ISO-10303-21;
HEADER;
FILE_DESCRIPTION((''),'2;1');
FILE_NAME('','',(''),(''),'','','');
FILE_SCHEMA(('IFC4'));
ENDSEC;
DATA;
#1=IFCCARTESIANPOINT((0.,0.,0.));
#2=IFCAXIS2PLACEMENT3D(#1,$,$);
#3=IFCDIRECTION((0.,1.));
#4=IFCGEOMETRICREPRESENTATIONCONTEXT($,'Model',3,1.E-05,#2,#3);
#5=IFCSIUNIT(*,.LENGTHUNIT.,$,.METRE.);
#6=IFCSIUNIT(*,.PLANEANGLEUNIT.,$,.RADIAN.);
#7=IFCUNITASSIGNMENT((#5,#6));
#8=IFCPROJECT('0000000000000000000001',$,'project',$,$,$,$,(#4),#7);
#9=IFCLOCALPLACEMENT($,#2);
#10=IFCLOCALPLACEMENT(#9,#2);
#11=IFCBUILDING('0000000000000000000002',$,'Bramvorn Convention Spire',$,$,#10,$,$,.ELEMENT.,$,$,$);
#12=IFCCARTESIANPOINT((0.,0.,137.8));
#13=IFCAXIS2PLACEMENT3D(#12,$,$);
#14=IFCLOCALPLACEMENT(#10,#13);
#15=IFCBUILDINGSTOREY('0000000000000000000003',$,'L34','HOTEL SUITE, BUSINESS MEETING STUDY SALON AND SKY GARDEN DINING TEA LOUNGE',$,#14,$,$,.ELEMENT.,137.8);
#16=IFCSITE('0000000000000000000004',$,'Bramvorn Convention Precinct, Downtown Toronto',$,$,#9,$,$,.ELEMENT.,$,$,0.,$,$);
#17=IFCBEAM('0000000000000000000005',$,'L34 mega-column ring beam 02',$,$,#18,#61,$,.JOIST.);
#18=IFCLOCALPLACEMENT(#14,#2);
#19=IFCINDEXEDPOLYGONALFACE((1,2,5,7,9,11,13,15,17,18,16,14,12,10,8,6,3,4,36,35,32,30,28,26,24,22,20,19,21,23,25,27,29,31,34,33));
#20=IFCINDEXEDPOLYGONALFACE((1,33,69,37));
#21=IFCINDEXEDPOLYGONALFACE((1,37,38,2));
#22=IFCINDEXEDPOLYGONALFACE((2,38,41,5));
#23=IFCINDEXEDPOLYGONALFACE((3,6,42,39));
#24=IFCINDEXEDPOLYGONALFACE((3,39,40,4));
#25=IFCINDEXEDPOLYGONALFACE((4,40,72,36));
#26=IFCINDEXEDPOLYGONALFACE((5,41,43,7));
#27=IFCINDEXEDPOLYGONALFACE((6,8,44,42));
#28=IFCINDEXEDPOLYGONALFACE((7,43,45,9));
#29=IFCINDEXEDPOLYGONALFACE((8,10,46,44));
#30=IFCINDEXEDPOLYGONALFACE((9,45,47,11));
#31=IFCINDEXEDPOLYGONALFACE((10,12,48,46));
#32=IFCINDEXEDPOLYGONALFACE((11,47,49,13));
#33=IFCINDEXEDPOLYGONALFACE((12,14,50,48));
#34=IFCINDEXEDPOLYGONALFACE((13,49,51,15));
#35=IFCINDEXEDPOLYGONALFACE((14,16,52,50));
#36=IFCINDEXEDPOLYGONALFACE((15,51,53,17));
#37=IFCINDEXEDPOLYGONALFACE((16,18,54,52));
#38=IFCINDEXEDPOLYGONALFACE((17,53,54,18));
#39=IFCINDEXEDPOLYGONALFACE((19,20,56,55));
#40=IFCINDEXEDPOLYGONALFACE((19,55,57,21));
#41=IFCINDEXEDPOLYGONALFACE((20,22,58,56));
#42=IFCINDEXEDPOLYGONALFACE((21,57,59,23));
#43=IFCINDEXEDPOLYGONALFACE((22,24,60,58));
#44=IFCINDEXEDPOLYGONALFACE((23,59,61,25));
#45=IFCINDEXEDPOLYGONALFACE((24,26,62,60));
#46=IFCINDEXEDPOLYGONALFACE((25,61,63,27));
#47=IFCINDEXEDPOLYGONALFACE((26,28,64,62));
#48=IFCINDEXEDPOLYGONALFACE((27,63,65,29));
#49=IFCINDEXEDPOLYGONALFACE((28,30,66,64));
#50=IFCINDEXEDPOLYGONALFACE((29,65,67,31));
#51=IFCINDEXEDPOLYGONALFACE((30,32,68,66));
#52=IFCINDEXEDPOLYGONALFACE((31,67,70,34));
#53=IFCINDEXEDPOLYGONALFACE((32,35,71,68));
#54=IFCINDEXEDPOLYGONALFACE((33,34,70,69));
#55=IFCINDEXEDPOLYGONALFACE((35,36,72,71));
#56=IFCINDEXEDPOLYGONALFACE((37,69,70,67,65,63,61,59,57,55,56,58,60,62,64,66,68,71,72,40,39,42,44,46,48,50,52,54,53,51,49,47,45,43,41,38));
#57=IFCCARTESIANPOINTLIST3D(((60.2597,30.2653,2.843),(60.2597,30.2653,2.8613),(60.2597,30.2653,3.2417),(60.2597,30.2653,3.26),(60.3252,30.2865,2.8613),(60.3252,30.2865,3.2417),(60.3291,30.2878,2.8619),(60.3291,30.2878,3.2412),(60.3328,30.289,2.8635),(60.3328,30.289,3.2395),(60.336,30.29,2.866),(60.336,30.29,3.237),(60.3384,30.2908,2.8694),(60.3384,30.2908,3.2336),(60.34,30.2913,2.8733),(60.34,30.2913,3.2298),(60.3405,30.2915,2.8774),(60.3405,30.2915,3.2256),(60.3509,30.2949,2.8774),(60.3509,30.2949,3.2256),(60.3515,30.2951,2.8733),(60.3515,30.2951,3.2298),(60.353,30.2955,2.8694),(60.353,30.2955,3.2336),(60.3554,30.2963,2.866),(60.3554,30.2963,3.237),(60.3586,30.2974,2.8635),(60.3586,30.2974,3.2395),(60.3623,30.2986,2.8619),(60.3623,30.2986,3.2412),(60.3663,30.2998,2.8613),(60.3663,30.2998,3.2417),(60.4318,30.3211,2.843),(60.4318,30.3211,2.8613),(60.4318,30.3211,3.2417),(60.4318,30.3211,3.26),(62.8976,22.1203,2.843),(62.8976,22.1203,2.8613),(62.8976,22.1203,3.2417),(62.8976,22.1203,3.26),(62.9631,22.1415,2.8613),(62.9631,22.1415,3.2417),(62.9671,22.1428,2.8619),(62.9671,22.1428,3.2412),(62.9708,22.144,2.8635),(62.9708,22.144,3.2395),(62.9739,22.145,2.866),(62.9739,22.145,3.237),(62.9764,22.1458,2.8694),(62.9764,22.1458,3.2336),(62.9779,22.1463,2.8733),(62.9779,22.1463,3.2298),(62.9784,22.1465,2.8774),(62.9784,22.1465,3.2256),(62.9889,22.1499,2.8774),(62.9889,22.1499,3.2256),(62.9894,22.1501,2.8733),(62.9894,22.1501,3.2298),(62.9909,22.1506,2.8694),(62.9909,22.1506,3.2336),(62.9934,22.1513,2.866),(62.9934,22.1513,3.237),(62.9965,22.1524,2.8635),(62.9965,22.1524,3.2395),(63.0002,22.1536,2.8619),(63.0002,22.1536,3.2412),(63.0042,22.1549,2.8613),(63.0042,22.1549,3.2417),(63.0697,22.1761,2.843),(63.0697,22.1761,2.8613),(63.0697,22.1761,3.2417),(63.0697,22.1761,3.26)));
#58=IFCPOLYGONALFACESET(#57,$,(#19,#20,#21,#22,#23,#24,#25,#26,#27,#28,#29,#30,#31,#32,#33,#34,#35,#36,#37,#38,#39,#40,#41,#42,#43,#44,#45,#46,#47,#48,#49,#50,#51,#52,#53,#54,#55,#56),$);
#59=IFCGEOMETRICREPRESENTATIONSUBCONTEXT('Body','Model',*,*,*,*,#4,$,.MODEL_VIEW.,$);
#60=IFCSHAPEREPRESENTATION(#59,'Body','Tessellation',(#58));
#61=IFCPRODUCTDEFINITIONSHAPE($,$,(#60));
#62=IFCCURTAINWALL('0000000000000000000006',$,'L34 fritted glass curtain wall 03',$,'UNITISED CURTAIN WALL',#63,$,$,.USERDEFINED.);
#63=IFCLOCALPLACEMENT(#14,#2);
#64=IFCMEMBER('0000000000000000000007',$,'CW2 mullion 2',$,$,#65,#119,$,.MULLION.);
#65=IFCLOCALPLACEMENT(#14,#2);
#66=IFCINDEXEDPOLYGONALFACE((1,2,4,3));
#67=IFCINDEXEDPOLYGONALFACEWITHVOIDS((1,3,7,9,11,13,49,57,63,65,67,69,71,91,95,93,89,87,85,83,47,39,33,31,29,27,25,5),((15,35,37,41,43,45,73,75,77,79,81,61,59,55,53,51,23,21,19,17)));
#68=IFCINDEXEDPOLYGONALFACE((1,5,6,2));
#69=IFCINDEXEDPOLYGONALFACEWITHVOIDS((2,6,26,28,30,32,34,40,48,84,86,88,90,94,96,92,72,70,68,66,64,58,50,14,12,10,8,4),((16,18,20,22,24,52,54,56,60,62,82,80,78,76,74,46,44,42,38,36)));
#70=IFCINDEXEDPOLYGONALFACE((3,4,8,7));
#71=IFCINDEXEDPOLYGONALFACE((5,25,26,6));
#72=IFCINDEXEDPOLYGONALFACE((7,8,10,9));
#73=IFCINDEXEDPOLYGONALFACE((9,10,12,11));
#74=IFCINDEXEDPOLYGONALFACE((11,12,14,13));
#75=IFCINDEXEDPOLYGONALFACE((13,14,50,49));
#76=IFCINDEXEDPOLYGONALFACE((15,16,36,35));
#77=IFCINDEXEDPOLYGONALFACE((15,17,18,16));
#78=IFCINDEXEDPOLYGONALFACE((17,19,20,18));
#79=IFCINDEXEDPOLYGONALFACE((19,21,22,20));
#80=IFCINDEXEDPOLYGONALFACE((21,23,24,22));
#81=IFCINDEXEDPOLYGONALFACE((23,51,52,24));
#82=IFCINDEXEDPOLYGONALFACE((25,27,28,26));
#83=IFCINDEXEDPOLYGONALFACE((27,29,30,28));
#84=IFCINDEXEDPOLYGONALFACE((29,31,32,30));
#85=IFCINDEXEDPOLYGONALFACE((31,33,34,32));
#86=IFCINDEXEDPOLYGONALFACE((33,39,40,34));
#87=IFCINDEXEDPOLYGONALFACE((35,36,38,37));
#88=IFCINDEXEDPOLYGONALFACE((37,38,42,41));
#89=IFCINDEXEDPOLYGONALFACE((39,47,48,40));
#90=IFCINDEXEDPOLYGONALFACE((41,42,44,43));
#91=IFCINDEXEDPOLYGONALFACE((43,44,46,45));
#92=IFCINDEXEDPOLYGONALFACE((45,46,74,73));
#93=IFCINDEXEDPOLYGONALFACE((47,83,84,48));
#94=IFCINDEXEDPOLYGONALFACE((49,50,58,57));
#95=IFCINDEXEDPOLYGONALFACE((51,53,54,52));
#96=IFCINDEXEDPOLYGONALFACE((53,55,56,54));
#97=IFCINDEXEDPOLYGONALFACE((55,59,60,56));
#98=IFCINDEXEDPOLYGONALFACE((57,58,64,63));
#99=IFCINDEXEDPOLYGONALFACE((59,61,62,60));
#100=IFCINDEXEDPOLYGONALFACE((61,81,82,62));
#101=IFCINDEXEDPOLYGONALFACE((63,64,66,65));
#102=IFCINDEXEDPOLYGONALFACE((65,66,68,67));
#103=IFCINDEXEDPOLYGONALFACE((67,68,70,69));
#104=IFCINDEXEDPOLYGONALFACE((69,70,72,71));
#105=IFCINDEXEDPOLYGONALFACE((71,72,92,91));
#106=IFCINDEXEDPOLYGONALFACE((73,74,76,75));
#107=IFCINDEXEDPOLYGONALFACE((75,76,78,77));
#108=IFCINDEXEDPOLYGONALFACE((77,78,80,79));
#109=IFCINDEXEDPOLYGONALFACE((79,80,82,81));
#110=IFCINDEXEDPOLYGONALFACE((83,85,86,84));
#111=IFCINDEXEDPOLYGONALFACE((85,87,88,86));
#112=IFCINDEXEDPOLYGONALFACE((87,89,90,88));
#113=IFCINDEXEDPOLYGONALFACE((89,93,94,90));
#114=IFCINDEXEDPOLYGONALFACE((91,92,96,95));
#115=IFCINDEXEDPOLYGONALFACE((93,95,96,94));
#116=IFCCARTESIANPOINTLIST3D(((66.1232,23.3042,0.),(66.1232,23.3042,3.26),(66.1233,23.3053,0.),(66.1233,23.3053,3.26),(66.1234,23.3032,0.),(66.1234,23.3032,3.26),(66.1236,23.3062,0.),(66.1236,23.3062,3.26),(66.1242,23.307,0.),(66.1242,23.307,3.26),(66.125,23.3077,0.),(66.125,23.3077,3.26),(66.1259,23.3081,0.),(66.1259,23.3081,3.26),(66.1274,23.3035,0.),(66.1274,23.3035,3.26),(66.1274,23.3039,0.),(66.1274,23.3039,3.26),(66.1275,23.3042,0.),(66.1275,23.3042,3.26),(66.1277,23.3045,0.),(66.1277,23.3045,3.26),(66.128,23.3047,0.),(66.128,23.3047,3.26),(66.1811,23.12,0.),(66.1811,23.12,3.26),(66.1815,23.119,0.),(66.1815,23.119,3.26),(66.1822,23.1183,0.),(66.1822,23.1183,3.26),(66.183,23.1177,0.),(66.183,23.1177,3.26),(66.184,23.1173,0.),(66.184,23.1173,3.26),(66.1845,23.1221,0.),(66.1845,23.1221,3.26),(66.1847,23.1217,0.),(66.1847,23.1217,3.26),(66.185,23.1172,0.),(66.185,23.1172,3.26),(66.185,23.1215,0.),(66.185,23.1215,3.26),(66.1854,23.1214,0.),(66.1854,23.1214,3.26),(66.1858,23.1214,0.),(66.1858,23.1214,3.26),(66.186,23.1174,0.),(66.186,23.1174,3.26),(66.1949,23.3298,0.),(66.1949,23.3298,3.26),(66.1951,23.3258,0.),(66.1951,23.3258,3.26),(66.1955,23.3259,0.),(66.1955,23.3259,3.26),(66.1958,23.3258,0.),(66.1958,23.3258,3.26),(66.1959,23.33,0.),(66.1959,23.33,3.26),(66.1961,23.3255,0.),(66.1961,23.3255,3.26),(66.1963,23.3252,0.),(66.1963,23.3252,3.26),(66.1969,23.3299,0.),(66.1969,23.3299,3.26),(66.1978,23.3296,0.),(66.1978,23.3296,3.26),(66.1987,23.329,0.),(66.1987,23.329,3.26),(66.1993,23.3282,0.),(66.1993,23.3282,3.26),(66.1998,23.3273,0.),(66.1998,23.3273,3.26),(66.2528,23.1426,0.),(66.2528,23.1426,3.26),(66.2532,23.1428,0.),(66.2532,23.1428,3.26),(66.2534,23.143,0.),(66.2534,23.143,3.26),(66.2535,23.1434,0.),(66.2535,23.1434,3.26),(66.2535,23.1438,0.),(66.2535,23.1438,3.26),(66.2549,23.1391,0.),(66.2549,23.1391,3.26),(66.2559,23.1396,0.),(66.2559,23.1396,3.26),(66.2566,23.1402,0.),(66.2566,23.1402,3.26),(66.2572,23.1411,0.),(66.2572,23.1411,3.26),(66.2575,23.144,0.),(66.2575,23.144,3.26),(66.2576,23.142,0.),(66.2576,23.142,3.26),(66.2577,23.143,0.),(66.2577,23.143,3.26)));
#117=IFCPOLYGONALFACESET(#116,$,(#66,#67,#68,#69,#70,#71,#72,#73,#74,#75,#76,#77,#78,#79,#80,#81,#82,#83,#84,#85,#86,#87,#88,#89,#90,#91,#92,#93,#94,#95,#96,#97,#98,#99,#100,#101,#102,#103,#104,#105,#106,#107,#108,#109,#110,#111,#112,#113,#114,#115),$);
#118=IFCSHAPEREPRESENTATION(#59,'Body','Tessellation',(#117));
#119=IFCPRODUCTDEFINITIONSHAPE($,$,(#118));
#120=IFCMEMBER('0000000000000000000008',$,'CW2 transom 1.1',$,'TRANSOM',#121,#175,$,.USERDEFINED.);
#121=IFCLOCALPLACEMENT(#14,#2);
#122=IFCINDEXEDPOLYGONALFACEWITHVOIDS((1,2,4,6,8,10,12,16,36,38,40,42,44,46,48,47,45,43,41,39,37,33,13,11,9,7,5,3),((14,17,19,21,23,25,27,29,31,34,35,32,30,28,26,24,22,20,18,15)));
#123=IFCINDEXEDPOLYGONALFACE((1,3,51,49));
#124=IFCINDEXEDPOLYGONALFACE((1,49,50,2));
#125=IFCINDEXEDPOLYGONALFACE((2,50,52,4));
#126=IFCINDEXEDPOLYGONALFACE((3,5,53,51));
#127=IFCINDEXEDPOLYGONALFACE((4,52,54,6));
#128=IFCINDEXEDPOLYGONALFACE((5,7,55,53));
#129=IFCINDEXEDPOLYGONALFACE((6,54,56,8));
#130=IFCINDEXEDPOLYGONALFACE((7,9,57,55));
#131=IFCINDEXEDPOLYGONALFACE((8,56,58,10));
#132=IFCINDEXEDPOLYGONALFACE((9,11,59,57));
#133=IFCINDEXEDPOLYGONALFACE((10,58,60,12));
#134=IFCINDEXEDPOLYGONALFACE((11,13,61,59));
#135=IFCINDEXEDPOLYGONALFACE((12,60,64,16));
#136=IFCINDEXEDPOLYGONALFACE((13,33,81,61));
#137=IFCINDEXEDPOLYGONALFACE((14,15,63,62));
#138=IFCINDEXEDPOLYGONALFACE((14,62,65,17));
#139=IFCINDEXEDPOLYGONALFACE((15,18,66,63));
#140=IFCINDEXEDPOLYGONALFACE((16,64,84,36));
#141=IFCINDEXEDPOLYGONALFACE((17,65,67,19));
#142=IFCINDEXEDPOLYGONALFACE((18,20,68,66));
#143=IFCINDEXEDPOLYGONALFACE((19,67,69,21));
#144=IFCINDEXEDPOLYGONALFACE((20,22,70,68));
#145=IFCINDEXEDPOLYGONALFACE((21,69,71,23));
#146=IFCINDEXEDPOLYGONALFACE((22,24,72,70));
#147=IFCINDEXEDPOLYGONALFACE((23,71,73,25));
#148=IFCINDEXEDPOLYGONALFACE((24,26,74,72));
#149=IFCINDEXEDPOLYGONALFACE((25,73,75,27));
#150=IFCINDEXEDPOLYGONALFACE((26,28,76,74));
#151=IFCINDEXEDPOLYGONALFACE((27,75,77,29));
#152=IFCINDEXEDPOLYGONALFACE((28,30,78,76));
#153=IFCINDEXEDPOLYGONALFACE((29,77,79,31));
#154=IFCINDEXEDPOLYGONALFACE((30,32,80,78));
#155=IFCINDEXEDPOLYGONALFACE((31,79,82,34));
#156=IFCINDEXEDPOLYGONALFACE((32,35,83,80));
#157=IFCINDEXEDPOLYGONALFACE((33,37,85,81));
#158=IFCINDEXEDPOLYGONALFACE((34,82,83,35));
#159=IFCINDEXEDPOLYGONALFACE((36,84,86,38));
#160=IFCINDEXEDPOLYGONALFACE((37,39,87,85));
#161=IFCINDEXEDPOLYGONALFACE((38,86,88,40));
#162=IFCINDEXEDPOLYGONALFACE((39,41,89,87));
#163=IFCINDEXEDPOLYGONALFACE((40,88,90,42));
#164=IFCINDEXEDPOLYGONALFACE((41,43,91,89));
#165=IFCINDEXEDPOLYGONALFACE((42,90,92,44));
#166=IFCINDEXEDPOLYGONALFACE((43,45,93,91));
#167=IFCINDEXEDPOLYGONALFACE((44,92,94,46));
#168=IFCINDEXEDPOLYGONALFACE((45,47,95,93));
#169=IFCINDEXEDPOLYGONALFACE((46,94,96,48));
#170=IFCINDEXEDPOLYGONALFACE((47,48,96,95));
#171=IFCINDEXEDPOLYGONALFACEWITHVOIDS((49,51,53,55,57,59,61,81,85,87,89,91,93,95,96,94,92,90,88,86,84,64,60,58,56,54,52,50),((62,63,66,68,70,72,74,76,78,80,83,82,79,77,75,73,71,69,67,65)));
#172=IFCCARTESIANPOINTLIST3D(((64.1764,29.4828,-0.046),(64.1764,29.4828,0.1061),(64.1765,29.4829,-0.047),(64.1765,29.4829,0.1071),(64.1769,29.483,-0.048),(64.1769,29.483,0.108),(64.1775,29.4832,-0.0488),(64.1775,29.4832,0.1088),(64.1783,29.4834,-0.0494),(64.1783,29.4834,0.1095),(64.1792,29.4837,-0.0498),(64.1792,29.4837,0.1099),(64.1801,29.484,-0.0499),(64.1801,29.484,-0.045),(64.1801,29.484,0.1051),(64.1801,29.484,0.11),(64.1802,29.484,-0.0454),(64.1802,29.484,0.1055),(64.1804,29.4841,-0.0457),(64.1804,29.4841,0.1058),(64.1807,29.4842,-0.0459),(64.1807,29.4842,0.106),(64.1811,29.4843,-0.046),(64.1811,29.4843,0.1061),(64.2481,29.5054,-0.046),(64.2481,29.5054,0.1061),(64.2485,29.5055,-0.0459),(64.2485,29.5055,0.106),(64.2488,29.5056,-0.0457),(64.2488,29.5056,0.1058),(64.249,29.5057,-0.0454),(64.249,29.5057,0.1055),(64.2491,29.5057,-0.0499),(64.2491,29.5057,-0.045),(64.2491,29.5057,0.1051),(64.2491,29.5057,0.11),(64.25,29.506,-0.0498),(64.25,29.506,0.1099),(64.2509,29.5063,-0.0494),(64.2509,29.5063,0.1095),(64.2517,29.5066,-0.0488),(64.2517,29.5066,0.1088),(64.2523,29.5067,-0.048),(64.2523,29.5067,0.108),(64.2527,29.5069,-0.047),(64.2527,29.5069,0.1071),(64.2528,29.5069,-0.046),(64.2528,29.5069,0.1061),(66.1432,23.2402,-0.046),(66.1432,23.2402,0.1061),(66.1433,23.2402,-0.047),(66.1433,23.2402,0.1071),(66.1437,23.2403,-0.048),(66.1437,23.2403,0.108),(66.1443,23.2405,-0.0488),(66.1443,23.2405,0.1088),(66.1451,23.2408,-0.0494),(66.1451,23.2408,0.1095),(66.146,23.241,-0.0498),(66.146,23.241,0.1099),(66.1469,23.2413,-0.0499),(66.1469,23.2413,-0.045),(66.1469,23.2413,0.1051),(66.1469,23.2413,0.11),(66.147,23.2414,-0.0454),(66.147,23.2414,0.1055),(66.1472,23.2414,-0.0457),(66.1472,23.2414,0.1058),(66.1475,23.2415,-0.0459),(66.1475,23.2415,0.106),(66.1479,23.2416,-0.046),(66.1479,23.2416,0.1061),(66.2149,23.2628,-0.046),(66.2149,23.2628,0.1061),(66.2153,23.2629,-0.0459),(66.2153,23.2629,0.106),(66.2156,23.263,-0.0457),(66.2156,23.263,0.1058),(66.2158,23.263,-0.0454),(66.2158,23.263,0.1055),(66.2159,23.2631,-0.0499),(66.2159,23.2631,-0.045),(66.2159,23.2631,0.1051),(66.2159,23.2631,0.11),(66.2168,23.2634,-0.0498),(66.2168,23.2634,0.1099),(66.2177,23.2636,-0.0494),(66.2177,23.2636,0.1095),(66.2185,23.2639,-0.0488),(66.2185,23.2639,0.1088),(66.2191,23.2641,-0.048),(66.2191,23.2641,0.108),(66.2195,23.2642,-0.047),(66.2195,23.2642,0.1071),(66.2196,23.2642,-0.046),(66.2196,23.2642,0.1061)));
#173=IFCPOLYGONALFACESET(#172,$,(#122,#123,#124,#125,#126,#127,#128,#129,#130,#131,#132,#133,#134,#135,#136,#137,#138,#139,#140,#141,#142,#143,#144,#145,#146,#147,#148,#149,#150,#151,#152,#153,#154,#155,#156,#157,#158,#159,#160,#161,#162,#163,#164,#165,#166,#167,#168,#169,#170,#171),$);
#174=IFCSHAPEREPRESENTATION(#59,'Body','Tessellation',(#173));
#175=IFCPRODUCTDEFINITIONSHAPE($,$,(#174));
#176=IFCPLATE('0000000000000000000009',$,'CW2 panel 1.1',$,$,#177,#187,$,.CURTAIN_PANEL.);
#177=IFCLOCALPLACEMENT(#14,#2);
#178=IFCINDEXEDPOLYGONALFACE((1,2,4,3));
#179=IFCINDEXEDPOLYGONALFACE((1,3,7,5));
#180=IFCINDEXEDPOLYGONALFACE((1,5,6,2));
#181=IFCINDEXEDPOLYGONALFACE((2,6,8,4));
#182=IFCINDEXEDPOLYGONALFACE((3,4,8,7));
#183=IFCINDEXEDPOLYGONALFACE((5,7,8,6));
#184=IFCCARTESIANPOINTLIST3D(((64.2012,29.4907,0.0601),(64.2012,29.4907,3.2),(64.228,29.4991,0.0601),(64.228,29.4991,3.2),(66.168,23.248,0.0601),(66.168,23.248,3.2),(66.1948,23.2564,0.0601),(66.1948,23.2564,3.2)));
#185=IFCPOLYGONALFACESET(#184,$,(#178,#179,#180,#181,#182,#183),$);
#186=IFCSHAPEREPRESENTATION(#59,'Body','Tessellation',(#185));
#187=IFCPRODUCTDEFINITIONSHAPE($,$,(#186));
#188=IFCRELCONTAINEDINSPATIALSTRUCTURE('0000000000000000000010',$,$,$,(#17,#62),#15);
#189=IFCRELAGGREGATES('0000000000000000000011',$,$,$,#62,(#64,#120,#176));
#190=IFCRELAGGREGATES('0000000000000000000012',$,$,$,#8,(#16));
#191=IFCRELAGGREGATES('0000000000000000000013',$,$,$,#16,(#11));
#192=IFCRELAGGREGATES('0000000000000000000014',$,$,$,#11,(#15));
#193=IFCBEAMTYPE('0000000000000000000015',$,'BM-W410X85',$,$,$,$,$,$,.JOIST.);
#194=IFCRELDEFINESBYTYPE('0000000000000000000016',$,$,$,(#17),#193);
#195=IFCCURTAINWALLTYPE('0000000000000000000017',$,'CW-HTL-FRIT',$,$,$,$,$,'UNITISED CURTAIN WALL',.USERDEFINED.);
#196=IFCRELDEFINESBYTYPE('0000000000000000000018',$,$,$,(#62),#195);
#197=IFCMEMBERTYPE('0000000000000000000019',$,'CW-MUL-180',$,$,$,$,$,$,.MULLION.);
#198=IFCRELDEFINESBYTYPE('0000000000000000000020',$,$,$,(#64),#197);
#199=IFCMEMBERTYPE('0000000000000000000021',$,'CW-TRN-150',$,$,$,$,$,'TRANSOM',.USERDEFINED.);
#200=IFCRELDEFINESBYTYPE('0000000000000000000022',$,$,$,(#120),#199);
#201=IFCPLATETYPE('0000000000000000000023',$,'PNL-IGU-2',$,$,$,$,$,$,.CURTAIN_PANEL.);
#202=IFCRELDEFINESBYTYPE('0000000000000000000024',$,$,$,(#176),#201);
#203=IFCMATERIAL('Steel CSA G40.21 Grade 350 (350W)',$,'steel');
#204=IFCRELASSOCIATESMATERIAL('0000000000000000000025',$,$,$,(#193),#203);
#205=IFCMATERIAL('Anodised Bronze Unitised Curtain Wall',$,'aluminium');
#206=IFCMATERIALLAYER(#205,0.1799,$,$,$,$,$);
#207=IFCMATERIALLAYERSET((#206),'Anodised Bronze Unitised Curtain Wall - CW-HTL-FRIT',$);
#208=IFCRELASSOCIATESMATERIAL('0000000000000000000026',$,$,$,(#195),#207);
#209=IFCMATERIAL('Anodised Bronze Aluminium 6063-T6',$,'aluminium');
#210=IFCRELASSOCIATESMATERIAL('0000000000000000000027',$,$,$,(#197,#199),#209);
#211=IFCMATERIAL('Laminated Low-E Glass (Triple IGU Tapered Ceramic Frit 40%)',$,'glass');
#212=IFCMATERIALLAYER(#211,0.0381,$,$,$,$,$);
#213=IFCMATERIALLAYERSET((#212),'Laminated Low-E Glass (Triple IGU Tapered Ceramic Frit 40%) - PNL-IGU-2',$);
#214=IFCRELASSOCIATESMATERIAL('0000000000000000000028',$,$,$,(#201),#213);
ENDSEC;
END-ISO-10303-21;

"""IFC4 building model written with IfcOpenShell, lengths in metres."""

from ifc_helpers import new_model, si_unit, direction, frame, origin, origin_2d, place, context, subcontext, project, spatial, rectangle, hollow_rectangle, i_section, extrude, material, layer, layer_set, material_profile, profile_set, type_object, element, aggregate, save


model = new_model("IFC4")

# Units and contexts
model_context = context("Model", 3, precision=1e-05, world=origin(), true_north=direction((0.0, 1.0)))
body_context = subcontext(model_context, "Body", "Model", "MODEL_VIEW")
ifc_project = project(units=[si_unit("LENGTHUNIT", "METRE"), si_unit("PLANEANGLEUNIT", "RADIAN")], contexts=[model_context])

# Site, building, storey
site_placement = place(None, origin())
site = spatial("IfcSite", under=ifc_project, at=site_placement, Name="Bramvorn Convention Precinct, Downtown Toronto", CompositionType="ELEMENT", RefElevation=0.0)
building_placement = place(site_placement, origin())
building = spatial("IfcBuilding", under=site, at=building_placement, Name="Bramvorn Convention Spire", CompositionType="ELEMENT")
storey_placement = place(building_placement, frame((0.0, 0.0, 137.8)))
storey = spatial("IfcBuildingStorey", under=building, at=storey_placement, Name="L34", Description="HOTEL SUITE, BUSINESS MEETING STUDY SALON AND SKY GARDEN DINING TEA LOUNGE", CompositionType="ELEMENT", Elevation=137.8)

# Beam
ifc_material_1 = material(Name="Steel CSA G40.21 Grade 350 (350W)", Category="steel")
ifc_material_profile_1 = material_profile(ifc_material_1, i_section(OverallWidth=0.1809, OverallDepth=0.417, WebThickness=0.011, FlangeThickness=0.0183, FilletRadius=0.0161, at=origin_2d()))
ifc_profile_set_1 = profile_set([ifc_material_profile_1], Name="Steel CSA G40.21 Grade 350 (350W) - W410X85")
beam_type = type_object("IfcBeamType", Name="BM-W410X85", PredefinedType="JOIST", material=ifc_profile_set_1)
beam_placement = place(storey_placement, frame((62.9836, 22.1482, 3.0515), z_axis=(-0.308115, 0.951349, 0.0), x_axis=(-0.951349, -0.308115, 0.0)))
element("IfcBeam", 1, at=beam_placement, inside=storey, type_object=beam_type, Name="L34 mega-column ring beam 02", PredefinedType="JOIST", context=body_context, shape_type="SweptSolid", body=[
    extrude(i_section(OverallWidth=0.1809, OverallDepth=0.417, WebThickness=0.011, FlangeThickness=0.0183, FilletRadius=0.0161, at=origin_2d()), origin(), (0.0, 0.0, 1.0), 8.5615),
])

# Curtain wall, members, plate
ifc_material_2 = material(Name="Anodised Bronze Unitised Curtain Wall", Category="aluminium")
ifc_layer_1 = layer(ifc_material_2, 0.1799)
ifc_layer_set_1 = layer_set([ifc_layer_1], Name="Anodised Bronze Unitised Curtain Wall - CW-HTL-FRIT")
curtain_wall_type = type_object("IfcCurtainWallType", Name="CW-HTL-FRIT", ElementType="UNITISED CURTAIN WALL", PredefinedType="USERDEFINED", material=ifc_layer_set_1)
curtain_wall_placement = place(storey_placement, origin())
curtain_wall = element("IfcCurtainWall", 2, at=curtain_wall_placement, inside=storey, type_object=curtain_wall_type, Name="L34 fritted glass curtain wall 03", ObjectType="UNITISED CURTAIN WALL", PredefinedType="USERDEFINED")
ifc_material_3 = material(Name="Anodised Bronze Aluminium 6063-T6", Category="aluminium")
ifc_material_profile_2 = material_profile(ifc_material_3, hollow_rectangle(XDim=0.0801, YDim=0.2, WallThickness=0.0039, InnerFilletRadius=0.001, OuterFilletRadius=0.0039, at=origin_2d()))
ifc_profile_set_2 = profile_set([ifc_material_profile_2], Name="Anodised Bronze Aluminium 6063-T6 - CWM80X200")
member_type_1 = type_object("IfcMemberType", Name="CW-MUL-180", PredefinedType="MULLION", material=ifc_profile_set_2)
member_1_placement = place(storey_placement, frame((66.1904, 23.2236, 0.0), z_axis=(0.0, 0.0, 1.0), x_axis=(0.953785, 0.300489, 0.0)))
member_1 = element("IfcMember", 3, at=member_1_placement, type_object=member_type_1, Name="CW2 mullion 2", PredefinedType="MULLION", context=body_context, shape_type="SweptSolid", body=[
    extrude(hollow_rectangle(XDim=0.0801, YDim=0.2, WallThickness=0.0039, InnerFilletRadius=0.001, OuterFilletRadius=0.0039, at=origin_2d()), origin(), (0.0, 0.0, 1.0), 3.26),
])
ifc_material_profile_3 = material_profile(ifc_material_3, hollow_rectangle(XDim=0.0801, YDim=0.1599, WallThickness=0.0039, InnerFilletRadius=0.001, OuterFilletRadius=0.0039, at=origin_2d()))
ifc_profile_set_3 = profile_set([ifc_material_profile_3], Name="Anodised Bronze Aluminium 6063-T6 - CWT80X160")
member_type_2 = type_object("IfcMemberType", Name="CW-TRN-150", ElementType="TRANSOM", PredefinedType="USERDEFINED", material=ifc_profile_set_3)
member_2_placement = place(storey_placement, frame((64.2146, 29.4949, 0.03), z_axis=(0.300496, -0.953783, 0.0), x_axis=(0.953783, 0.300496, 0.0)))
member_2 = element("IfcMember", 4, at=member_2_placement, type_object=member_type_2, Name="CW2 transom 1.1", ObjectType="TRANSOM", PredefinedType="USERDEFINED", context=body_context, shape_type="SweptSolid", body=[
    extrude(hollow_rectangle(XDim=0.0801, YDim=0.1599, WallThickness=0.0039, InnerFilletRadius=0.001, OuterFilletRadius=0.0039, at=origin_2d()), origin(), (0.0, 0.0, 1.0), 6.5452),
])
ifc_material_4 = material(Name="Laminated Low-E Glass (Triple IGU Tapered Ceramic Frit 40%)", Category="glass")
ifc_layer_2 = layer(ifc_material_4, 0.0381)
ifc_layer_set_2 = layer_set([ifc_layer_2], Name="Laminated Low-E Glass (Triple IGU Tapered Ceramic Frit 40%) - PNL-IGU-2")
plate_type = type_object("IfcPlateType", Name="PNL-IGU-2", PredefinedType="CURTAIN_PANEL", material=ifc_layer_set_2)
plate_placement = place(storey_placement, frame((65.198, 26.3735, 0.0601), z_axis=(0.0, 0.0, 1.0), x_axis=(0.300489, -0.953785, 0.0)))
plate = element("IfcPlate", 5, at=plate_placement, type_object=plate_type, Name="CW2 panel 1.1", PredefinedType="CURTAIN_PANEL", context=body_context, shape_type="SweptSolid", body=[
    extrude(rectangle(XDim=6.5452, YDim=0.0281, at=origin_2d()), origin(), (0.0, 0.0, 1.0), 3.1399),
])
aggregate(curtain_wall, [member_1, member_2, plate])

save(model, "model.ifc")
